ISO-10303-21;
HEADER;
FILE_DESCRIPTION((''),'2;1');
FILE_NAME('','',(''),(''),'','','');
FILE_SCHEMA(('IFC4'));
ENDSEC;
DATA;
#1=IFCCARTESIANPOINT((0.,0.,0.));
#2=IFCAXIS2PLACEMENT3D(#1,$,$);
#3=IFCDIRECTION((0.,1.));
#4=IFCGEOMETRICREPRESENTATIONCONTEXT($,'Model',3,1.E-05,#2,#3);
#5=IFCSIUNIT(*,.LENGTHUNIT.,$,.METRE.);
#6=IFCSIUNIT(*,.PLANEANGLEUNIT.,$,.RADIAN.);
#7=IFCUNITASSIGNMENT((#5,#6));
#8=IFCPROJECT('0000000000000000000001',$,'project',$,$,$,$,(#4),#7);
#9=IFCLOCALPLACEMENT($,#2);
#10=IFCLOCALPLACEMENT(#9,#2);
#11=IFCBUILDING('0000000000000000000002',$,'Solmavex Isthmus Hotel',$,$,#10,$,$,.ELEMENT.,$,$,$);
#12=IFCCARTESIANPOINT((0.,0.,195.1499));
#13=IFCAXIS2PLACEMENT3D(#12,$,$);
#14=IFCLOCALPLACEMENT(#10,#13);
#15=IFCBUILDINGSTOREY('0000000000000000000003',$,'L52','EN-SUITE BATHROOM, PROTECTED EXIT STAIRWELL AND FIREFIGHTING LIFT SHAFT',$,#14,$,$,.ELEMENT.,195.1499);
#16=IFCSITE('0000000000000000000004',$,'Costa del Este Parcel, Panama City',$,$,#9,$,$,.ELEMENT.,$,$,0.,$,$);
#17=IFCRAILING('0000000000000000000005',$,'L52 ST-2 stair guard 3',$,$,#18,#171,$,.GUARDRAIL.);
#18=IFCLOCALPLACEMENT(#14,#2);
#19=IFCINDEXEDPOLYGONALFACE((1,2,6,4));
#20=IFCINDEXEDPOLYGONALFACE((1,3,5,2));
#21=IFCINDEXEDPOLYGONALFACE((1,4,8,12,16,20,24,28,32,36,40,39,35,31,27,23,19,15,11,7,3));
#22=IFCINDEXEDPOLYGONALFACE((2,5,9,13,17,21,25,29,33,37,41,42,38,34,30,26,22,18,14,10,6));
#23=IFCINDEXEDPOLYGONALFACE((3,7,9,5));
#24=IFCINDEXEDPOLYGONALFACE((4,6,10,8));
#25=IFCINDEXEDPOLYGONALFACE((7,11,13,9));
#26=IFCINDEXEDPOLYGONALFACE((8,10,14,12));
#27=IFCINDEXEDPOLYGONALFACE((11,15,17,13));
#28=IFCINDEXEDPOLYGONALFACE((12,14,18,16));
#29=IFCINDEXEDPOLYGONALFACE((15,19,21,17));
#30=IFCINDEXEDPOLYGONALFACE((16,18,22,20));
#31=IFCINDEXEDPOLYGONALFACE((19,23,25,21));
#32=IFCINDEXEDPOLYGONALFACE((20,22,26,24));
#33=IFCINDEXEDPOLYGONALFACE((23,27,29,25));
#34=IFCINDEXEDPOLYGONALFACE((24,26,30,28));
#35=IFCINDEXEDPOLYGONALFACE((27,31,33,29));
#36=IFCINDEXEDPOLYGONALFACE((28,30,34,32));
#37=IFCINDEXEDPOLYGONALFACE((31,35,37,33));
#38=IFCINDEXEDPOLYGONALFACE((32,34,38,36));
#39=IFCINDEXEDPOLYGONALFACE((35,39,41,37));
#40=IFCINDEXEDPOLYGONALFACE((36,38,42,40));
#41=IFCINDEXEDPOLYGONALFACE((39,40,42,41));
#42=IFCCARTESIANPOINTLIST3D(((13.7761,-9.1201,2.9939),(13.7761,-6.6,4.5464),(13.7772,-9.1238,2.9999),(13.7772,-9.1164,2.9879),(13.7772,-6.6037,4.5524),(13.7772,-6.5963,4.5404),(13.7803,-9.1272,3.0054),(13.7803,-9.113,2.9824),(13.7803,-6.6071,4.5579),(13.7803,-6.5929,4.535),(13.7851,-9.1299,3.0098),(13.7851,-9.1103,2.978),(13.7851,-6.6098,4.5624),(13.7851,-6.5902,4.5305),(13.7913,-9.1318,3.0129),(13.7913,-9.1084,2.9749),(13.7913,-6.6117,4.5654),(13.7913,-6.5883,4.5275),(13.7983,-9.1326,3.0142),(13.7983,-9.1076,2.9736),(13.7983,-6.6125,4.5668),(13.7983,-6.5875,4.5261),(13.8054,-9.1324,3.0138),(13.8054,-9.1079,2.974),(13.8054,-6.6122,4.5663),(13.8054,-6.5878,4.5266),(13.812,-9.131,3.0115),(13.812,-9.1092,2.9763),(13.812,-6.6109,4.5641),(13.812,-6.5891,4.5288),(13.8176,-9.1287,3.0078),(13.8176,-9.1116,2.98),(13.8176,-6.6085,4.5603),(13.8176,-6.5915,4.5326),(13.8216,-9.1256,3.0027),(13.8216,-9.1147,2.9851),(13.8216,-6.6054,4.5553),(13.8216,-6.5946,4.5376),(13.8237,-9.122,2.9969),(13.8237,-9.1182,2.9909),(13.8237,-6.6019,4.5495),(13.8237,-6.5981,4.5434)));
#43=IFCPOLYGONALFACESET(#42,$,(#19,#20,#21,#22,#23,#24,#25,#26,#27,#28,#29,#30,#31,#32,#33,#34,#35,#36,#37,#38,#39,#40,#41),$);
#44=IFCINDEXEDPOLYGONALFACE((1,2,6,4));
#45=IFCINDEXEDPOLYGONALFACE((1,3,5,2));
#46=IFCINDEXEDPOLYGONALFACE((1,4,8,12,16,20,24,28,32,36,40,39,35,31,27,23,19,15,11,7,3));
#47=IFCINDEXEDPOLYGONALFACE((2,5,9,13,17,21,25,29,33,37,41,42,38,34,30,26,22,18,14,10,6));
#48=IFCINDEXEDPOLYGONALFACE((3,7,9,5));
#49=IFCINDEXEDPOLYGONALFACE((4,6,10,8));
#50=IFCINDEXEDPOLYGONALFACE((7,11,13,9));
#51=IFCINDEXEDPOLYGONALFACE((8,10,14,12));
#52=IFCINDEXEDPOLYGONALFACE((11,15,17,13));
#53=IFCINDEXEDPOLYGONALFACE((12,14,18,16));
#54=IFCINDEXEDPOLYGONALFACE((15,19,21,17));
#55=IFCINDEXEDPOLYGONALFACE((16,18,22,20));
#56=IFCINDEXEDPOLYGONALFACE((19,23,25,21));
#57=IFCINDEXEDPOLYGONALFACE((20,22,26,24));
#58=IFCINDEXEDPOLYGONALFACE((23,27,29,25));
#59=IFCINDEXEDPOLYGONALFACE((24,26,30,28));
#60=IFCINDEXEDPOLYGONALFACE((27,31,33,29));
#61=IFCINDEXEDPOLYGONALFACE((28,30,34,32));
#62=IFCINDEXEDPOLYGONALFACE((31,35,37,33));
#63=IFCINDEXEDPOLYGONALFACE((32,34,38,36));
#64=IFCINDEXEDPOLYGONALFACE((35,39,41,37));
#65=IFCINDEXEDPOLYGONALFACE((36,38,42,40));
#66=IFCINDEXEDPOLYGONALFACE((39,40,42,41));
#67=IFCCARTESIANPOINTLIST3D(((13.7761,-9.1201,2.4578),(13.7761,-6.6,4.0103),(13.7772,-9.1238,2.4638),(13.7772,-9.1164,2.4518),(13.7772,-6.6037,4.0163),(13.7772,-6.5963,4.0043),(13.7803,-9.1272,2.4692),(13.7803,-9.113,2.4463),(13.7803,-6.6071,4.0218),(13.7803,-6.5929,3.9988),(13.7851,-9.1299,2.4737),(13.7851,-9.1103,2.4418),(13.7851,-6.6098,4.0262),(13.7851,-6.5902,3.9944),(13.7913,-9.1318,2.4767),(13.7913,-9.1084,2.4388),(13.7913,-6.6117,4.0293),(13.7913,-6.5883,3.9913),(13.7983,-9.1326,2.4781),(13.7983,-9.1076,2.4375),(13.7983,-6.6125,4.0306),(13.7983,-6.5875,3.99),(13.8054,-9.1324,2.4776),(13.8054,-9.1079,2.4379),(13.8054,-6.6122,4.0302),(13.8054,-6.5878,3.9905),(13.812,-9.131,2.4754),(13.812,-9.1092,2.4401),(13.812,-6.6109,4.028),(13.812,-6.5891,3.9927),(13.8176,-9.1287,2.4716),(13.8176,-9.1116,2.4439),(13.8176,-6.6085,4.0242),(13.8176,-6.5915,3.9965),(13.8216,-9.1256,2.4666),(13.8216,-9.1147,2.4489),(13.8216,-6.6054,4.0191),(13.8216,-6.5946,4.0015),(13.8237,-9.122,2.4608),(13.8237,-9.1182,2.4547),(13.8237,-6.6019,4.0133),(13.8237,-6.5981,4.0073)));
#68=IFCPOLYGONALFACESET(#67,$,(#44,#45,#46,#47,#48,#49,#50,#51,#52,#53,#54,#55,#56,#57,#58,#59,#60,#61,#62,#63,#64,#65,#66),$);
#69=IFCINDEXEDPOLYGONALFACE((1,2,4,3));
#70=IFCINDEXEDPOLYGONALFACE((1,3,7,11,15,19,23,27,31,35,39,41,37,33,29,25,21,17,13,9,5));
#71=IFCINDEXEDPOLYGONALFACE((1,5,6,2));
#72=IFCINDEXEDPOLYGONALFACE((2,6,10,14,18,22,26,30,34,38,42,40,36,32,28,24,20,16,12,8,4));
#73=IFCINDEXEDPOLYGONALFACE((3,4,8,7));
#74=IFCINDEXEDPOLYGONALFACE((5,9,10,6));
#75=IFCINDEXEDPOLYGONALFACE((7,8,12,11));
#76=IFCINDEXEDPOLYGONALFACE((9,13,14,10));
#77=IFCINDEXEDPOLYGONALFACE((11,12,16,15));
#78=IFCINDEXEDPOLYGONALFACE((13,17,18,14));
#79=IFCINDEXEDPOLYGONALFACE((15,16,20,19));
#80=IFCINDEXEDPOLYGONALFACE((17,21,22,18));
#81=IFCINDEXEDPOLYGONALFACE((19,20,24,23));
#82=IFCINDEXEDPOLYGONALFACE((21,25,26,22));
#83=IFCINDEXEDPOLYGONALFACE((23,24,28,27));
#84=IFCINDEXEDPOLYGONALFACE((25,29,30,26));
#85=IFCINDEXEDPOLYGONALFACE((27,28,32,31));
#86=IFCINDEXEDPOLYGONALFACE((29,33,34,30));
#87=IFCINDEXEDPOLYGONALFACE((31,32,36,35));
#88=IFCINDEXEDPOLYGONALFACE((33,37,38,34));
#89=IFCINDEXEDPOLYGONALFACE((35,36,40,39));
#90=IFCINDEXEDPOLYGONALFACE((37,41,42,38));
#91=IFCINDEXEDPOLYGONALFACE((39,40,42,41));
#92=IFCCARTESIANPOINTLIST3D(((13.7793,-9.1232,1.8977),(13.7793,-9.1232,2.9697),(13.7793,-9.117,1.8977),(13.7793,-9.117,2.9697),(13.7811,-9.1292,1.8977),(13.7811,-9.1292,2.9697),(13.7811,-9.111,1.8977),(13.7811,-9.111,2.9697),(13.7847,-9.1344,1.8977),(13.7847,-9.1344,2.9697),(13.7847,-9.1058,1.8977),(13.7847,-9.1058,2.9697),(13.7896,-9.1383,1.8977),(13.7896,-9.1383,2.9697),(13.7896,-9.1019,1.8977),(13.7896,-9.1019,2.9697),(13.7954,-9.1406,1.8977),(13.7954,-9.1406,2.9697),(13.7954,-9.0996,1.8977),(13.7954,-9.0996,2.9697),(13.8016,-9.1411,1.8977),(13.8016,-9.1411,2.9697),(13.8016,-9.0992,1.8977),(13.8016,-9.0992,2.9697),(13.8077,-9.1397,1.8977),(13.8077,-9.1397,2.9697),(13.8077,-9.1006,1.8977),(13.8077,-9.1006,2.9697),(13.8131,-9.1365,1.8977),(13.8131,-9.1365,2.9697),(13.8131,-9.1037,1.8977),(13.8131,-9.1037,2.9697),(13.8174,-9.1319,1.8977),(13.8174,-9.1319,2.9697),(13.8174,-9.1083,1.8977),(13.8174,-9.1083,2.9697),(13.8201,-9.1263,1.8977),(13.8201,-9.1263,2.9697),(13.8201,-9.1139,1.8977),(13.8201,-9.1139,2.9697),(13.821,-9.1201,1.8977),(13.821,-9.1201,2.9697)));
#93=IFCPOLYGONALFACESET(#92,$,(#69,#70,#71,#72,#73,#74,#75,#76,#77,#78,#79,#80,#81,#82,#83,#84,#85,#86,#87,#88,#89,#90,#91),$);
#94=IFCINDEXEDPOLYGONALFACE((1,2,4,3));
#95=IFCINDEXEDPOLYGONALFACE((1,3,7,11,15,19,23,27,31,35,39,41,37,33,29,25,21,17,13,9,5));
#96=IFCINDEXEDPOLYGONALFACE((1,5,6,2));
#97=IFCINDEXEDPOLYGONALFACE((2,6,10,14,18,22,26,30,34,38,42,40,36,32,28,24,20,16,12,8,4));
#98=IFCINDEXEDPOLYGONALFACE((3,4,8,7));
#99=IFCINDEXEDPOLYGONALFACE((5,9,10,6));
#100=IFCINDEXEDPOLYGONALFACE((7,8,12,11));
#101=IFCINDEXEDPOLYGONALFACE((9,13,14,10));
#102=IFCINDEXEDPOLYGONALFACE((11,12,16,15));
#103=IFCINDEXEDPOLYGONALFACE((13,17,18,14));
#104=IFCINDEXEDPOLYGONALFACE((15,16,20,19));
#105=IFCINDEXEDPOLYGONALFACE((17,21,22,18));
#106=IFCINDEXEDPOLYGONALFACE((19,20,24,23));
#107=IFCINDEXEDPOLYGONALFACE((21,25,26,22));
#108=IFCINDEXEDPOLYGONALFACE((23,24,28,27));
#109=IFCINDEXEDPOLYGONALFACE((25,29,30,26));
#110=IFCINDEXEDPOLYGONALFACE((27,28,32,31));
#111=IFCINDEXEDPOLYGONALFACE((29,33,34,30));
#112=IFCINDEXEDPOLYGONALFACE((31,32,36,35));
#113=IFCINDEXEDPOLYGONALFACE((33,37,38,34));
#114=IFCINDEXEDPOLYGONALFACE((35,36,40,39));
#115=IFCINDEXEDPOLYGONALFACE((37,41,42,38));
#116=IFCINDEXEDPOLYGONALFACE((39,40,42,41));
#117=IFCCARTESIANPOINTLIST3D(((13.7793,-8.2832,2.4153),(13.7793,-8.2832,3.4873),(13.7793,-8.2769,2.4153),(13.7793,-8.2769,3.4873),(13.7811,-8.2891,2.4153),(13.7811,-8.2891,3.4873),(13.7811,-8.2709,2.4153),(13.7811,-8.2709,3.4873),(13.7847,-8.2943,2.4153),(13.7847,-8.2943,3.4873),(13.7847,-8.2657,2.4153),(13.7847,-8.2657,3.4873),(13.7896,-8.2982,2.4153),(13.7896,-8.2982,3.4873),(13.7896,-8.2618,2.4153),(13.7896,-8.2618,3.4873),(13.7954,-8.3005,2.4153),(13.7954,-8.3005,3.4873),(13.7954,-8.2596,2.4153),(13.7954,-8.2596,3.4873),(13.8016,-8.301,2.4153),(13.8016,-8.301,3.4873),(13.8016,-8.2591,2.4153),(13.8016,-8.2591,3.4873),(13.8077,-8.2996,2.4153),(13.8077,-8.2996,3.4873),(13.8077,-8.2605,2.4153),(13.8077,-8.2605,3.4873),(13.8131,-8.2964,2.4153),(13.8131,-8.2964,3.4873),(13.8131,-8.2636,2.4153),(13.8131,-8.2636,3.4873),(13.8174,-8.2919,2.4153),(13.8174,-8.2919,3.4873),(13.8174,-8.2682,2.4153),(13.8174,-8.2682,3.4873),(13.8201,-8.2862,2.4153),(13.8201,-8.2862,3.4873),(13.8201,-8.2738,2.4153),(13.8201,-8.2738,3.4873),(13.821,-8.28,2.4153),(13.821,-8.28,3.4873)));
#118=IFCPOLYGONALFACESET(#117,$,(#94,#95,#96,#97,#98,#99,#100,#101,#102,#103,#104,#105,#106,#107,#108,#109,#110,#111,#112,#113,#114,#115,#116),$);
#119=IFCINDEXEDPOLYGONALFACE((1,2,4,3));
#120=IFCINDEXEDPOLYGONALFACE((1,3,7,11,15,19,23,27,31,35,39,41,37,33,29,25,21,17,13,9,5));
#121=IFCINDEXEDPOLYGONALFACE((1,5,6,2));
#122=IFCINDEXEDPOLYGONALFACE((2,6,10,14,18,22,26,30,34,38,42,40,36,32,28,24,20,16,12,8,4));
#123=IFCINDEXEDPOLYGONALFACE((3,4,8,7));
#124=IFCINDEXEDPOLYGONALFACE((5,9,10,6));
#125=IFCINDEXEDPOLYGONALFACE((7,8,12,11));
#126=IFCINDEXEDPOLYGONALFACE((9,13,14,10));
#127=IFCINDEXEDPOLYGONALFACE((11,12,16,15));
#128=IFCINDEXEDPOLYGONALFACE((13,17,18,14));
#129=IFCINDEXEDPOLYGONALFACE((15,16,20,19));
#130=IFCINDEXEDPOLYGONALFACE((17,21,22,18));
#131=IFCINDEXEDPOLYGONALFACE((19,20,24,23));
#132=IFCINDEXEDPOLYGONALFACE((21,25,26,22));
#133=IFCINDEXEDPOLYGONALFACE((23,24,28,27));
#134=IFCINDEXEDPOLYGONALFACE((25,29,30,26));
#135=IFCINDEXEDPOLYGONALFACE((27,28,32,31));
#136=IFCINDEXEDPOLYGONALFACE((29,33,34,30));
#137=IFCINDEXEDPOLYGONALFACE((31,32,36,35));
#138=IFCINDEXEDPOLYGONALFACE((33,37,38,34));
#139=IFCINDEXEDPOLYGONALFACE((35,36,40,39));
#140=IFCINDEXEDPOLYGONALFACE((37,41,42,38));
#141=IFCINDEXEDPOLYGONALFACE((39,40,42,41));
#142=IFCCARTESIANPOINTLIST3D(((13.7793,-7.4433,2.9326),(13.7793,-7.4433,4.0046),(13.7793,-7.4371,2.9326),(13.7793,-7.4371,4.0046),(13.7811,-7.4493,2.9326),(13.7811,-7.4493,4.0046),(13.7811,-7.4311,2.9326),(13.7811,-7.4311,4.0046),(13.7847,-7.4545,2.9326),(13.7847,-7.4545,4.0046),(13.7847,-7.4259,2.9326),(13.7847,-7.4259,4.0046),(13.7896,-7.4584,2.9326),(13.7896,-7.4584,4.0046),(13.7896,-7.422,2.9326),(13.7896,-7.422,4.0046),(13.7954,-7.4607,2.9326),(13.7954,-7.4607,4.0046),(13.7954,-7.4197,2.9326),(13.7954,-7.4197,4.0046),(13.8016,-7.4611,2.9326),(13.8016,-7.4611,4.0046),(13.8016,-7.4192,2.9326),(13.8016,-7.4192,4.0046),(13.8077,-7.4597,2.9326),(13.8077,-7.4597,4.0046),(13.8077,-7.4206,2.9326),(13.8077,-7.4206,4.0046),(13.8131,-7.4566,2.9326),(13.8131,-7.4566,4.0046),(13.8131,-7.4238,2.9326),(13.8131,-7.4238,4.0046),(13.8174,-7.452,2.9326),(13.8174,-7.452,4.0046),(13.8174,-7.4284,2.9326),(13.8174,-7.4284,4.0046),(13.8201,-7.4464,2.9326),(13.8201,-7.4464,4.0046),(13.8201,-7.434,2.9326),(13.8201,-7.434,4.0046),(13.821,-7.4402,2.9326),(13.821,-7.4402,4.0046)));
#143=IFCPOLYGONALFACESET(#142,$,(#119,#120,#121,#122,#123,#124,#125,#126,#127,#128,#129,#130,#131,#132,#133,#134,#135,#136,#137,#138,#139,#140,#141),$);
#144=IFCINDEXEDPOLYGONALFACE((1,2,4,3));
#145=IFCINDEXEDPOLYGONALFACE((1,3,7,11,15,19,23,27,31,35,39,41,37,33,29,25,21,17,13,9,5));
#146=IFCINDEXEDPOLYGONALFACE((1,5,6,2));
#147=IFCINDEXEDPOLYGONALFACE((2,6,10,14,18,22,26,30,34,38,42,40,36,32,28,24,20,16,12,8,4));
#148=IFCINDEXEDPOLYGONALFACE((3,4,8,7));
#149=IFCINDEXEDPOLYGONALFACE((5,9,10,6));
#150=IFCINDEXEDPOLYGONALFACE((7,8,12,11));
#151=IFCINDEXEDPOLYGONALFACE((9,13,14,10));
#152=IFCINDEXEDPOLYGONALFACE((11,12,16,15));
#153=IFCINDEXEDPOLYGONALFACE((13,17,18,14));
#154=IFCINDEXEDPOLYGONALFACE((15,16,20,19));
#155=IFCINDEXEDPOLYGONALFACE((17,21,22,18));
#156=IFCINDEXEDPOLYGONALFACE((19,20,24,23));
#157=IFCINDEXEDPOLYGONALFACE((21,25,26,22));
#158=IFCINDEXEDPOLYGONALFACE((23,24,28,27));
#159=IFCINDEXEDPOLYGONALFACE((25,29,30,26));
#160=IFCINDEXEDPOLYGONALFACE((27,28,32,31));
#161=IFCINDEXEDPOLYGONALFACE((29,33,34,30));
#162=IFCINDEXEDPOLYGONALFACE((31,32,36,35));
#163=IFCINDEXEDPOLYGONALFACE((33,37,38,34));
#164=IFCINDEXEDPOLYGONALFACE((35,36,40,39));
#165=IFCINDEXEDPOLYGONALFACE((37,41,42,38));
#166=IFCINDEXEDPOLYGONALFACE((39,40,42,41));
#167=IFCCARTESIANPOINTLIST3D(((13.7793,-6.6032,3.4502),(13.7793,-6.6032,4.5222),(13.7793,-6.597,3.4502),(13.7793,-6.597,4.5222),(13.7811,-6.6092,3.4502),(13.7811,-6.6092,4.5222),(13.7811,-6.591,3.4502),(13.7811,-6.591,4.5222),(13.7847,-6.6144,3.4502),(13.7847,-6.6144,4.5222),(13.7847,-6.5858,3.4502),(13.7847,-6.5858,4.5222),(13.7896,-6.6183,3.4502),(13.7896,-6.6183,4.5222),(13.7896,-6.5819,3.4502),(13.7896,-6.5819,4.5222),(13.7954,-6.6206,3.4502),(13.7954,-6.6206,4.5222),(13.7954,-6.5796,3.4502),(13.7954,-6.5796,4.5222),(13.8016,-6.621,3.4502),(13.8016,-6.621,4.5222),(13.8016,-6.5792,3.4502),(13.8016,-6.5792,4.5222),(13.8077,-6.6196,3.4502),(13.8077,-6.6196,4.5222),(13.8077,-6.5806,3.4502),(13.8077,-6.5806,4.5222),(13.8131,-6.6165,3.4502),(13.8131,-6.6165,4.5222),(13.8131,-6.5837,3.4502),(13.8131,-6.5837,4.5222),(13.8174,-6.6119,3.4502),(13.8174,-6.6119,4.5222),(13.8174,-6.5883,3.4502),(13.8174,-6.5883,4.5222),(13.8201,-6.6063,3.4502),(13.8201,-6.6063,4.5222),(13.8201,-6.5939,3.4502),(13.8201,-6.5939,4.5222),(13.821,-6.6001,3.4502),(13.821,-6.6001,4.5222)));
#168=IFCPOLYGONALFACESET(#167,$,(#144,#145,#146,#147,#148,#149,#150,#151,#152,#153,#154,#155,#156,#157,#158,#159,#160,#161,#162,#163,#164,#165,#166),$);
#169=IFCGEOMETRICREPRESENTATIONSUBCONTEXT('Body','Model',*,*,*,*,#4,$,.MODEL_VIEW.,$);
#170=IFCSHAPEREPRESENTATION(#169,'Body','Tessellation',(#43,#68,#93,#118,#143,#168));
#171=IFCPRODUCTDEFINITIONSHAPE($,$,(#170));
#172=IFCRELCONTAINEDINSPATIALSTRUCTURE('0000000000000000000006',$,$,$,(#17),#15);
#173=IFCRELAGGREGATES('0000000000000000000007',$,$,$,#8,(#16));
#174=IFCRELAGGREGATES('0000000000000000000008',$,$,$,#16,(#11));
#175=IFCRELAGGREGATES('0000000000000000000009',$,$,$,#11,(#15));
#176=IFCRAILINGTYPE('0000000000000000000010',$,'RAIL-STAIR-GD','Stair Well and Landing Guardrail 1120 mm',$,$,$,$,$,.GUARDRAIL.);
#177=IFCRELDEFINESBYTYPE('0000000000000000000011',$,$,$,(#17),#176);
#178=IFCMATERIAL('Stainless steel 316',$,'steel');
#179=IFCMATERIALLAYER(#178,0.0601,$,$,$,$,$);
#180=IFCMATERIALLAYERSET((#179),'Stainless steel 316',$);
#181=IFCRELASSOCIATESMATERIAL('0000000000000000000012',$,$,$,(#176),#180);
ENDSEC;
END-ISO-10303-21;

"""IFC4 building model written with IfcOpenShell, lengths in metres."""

from ifc_helpers import new_model, si_unit, direction, frame, origin, origin_2d, place, context, subcontext, project, spatial, circle, extrude, material, layer, layer_set, type_object, element, save


model = new_model("IFC4")

# Units and contexts
model_context = context("Model", 3, precision=1e-05, world=origin(), true_north=direction((0.0, 1.0)))
body_context = subcontext(model_context, "Body", "Model", "MODEL_VIEW")
ifc_project = project(units=[si_unit("LENGTHUNIT", "METRE"), si_unit("PLANEANGLEUNIT", "RADIAN")], contexts=[model_context])

# Site, building, storey
site_placement = place(None, origin())
site = spatial("IfcSite", under=ifc_project, at=site_placement, Name="Costa del Este Parcel, Panama City", CompositionType="ELEMENT", RefElevation=0.0)
building_placement = place(site_placement, origin())
building = spatial("IfcBuilding", under=site, at=building_placement, Name="Solmavex Isthmus Hotel", CompositionType="ELEMENT")
storey_placement = place(building_placement, frame((0.0, 0.0, 195.1499)))
storey = spatial("IfcBuildingStorey", under=building, at=storey_placement, Name="L52", Description="EN-SUITE BATHROOM, PROTECTED EXIT STAIRWELL AND FIREFIGHTING LIFT SHAFT", CompositionType="ELEMENT", Elevation=195.1499)

# Railing
ifc_material_1 = material(Name="Stainless steel 316", Category="steel")
ifc_layer_1 = layer(ifc_material_1, 0.0601)
ifc_layer_set_1 = layer_set([ifc_layer_1], Name="Stainless steel 316")
railing_type_1 = type_object("IfcRailingType", Name="RAIL-STAIR-GD", Description="Stair Well and Landing Guardrail 1120 mm", PredefinedType="GUARDRAIL", material=ifc_layer_set_1)
railing_1_placement = place(storey_placement, frame((13.8, -9.1201, 1.8977)))
element("IfcRailing", 1, at=railing_1_placement, inside=storey, type_object=railing_type_1, Name="L52 ST-2 stair guard 3", PredefinedType="GUARDRAIL", context=body_context, shape_type="SweptSolid", body=[
    extrude(circle(Radius=0.0239, at=origin_2d()), frame((0.0, 0.0, 1.0962), z_axis=(0.0, 0.8514, 0.524516), x_axis=(-1.0, 0.0, 0.0)), (0.0, 0.0, 1.0), 2.96),
    extrude(circle(Radius=0.0239, at=origin_2d()), frame((0.0, 0.0, 0.5601), z_axis=(0.0, 0.8514, 0.524516), x_axis=(-1.0, 0.0, 0.0)), (0.0, 0.0, 1.0), 2.96),
    extrude(circle(Radius=0.021, at=origin_2d()), origin(), (0.0, 0.0, 1.0), 1.072),
    extrude(circle(Radius=0.021, at=origin_2d()), frame((0.0, 0.8401, 0.5176)), (0.0, 0.0, 1.0), 1.072),
    extrude(circle(Radius=0.021, at=origin_2d()), frame((0.0, 1.6799, 1.0349)), (0.0, 0.0, 1.0), 1.072),
    extrude(circle(Radius=0.021, at=origin_2d()), frame((0.0, 2.52, 1.5525)), (0.0, 0.0, 1.0), 1.072),
])

save(model, "model.ifc")
